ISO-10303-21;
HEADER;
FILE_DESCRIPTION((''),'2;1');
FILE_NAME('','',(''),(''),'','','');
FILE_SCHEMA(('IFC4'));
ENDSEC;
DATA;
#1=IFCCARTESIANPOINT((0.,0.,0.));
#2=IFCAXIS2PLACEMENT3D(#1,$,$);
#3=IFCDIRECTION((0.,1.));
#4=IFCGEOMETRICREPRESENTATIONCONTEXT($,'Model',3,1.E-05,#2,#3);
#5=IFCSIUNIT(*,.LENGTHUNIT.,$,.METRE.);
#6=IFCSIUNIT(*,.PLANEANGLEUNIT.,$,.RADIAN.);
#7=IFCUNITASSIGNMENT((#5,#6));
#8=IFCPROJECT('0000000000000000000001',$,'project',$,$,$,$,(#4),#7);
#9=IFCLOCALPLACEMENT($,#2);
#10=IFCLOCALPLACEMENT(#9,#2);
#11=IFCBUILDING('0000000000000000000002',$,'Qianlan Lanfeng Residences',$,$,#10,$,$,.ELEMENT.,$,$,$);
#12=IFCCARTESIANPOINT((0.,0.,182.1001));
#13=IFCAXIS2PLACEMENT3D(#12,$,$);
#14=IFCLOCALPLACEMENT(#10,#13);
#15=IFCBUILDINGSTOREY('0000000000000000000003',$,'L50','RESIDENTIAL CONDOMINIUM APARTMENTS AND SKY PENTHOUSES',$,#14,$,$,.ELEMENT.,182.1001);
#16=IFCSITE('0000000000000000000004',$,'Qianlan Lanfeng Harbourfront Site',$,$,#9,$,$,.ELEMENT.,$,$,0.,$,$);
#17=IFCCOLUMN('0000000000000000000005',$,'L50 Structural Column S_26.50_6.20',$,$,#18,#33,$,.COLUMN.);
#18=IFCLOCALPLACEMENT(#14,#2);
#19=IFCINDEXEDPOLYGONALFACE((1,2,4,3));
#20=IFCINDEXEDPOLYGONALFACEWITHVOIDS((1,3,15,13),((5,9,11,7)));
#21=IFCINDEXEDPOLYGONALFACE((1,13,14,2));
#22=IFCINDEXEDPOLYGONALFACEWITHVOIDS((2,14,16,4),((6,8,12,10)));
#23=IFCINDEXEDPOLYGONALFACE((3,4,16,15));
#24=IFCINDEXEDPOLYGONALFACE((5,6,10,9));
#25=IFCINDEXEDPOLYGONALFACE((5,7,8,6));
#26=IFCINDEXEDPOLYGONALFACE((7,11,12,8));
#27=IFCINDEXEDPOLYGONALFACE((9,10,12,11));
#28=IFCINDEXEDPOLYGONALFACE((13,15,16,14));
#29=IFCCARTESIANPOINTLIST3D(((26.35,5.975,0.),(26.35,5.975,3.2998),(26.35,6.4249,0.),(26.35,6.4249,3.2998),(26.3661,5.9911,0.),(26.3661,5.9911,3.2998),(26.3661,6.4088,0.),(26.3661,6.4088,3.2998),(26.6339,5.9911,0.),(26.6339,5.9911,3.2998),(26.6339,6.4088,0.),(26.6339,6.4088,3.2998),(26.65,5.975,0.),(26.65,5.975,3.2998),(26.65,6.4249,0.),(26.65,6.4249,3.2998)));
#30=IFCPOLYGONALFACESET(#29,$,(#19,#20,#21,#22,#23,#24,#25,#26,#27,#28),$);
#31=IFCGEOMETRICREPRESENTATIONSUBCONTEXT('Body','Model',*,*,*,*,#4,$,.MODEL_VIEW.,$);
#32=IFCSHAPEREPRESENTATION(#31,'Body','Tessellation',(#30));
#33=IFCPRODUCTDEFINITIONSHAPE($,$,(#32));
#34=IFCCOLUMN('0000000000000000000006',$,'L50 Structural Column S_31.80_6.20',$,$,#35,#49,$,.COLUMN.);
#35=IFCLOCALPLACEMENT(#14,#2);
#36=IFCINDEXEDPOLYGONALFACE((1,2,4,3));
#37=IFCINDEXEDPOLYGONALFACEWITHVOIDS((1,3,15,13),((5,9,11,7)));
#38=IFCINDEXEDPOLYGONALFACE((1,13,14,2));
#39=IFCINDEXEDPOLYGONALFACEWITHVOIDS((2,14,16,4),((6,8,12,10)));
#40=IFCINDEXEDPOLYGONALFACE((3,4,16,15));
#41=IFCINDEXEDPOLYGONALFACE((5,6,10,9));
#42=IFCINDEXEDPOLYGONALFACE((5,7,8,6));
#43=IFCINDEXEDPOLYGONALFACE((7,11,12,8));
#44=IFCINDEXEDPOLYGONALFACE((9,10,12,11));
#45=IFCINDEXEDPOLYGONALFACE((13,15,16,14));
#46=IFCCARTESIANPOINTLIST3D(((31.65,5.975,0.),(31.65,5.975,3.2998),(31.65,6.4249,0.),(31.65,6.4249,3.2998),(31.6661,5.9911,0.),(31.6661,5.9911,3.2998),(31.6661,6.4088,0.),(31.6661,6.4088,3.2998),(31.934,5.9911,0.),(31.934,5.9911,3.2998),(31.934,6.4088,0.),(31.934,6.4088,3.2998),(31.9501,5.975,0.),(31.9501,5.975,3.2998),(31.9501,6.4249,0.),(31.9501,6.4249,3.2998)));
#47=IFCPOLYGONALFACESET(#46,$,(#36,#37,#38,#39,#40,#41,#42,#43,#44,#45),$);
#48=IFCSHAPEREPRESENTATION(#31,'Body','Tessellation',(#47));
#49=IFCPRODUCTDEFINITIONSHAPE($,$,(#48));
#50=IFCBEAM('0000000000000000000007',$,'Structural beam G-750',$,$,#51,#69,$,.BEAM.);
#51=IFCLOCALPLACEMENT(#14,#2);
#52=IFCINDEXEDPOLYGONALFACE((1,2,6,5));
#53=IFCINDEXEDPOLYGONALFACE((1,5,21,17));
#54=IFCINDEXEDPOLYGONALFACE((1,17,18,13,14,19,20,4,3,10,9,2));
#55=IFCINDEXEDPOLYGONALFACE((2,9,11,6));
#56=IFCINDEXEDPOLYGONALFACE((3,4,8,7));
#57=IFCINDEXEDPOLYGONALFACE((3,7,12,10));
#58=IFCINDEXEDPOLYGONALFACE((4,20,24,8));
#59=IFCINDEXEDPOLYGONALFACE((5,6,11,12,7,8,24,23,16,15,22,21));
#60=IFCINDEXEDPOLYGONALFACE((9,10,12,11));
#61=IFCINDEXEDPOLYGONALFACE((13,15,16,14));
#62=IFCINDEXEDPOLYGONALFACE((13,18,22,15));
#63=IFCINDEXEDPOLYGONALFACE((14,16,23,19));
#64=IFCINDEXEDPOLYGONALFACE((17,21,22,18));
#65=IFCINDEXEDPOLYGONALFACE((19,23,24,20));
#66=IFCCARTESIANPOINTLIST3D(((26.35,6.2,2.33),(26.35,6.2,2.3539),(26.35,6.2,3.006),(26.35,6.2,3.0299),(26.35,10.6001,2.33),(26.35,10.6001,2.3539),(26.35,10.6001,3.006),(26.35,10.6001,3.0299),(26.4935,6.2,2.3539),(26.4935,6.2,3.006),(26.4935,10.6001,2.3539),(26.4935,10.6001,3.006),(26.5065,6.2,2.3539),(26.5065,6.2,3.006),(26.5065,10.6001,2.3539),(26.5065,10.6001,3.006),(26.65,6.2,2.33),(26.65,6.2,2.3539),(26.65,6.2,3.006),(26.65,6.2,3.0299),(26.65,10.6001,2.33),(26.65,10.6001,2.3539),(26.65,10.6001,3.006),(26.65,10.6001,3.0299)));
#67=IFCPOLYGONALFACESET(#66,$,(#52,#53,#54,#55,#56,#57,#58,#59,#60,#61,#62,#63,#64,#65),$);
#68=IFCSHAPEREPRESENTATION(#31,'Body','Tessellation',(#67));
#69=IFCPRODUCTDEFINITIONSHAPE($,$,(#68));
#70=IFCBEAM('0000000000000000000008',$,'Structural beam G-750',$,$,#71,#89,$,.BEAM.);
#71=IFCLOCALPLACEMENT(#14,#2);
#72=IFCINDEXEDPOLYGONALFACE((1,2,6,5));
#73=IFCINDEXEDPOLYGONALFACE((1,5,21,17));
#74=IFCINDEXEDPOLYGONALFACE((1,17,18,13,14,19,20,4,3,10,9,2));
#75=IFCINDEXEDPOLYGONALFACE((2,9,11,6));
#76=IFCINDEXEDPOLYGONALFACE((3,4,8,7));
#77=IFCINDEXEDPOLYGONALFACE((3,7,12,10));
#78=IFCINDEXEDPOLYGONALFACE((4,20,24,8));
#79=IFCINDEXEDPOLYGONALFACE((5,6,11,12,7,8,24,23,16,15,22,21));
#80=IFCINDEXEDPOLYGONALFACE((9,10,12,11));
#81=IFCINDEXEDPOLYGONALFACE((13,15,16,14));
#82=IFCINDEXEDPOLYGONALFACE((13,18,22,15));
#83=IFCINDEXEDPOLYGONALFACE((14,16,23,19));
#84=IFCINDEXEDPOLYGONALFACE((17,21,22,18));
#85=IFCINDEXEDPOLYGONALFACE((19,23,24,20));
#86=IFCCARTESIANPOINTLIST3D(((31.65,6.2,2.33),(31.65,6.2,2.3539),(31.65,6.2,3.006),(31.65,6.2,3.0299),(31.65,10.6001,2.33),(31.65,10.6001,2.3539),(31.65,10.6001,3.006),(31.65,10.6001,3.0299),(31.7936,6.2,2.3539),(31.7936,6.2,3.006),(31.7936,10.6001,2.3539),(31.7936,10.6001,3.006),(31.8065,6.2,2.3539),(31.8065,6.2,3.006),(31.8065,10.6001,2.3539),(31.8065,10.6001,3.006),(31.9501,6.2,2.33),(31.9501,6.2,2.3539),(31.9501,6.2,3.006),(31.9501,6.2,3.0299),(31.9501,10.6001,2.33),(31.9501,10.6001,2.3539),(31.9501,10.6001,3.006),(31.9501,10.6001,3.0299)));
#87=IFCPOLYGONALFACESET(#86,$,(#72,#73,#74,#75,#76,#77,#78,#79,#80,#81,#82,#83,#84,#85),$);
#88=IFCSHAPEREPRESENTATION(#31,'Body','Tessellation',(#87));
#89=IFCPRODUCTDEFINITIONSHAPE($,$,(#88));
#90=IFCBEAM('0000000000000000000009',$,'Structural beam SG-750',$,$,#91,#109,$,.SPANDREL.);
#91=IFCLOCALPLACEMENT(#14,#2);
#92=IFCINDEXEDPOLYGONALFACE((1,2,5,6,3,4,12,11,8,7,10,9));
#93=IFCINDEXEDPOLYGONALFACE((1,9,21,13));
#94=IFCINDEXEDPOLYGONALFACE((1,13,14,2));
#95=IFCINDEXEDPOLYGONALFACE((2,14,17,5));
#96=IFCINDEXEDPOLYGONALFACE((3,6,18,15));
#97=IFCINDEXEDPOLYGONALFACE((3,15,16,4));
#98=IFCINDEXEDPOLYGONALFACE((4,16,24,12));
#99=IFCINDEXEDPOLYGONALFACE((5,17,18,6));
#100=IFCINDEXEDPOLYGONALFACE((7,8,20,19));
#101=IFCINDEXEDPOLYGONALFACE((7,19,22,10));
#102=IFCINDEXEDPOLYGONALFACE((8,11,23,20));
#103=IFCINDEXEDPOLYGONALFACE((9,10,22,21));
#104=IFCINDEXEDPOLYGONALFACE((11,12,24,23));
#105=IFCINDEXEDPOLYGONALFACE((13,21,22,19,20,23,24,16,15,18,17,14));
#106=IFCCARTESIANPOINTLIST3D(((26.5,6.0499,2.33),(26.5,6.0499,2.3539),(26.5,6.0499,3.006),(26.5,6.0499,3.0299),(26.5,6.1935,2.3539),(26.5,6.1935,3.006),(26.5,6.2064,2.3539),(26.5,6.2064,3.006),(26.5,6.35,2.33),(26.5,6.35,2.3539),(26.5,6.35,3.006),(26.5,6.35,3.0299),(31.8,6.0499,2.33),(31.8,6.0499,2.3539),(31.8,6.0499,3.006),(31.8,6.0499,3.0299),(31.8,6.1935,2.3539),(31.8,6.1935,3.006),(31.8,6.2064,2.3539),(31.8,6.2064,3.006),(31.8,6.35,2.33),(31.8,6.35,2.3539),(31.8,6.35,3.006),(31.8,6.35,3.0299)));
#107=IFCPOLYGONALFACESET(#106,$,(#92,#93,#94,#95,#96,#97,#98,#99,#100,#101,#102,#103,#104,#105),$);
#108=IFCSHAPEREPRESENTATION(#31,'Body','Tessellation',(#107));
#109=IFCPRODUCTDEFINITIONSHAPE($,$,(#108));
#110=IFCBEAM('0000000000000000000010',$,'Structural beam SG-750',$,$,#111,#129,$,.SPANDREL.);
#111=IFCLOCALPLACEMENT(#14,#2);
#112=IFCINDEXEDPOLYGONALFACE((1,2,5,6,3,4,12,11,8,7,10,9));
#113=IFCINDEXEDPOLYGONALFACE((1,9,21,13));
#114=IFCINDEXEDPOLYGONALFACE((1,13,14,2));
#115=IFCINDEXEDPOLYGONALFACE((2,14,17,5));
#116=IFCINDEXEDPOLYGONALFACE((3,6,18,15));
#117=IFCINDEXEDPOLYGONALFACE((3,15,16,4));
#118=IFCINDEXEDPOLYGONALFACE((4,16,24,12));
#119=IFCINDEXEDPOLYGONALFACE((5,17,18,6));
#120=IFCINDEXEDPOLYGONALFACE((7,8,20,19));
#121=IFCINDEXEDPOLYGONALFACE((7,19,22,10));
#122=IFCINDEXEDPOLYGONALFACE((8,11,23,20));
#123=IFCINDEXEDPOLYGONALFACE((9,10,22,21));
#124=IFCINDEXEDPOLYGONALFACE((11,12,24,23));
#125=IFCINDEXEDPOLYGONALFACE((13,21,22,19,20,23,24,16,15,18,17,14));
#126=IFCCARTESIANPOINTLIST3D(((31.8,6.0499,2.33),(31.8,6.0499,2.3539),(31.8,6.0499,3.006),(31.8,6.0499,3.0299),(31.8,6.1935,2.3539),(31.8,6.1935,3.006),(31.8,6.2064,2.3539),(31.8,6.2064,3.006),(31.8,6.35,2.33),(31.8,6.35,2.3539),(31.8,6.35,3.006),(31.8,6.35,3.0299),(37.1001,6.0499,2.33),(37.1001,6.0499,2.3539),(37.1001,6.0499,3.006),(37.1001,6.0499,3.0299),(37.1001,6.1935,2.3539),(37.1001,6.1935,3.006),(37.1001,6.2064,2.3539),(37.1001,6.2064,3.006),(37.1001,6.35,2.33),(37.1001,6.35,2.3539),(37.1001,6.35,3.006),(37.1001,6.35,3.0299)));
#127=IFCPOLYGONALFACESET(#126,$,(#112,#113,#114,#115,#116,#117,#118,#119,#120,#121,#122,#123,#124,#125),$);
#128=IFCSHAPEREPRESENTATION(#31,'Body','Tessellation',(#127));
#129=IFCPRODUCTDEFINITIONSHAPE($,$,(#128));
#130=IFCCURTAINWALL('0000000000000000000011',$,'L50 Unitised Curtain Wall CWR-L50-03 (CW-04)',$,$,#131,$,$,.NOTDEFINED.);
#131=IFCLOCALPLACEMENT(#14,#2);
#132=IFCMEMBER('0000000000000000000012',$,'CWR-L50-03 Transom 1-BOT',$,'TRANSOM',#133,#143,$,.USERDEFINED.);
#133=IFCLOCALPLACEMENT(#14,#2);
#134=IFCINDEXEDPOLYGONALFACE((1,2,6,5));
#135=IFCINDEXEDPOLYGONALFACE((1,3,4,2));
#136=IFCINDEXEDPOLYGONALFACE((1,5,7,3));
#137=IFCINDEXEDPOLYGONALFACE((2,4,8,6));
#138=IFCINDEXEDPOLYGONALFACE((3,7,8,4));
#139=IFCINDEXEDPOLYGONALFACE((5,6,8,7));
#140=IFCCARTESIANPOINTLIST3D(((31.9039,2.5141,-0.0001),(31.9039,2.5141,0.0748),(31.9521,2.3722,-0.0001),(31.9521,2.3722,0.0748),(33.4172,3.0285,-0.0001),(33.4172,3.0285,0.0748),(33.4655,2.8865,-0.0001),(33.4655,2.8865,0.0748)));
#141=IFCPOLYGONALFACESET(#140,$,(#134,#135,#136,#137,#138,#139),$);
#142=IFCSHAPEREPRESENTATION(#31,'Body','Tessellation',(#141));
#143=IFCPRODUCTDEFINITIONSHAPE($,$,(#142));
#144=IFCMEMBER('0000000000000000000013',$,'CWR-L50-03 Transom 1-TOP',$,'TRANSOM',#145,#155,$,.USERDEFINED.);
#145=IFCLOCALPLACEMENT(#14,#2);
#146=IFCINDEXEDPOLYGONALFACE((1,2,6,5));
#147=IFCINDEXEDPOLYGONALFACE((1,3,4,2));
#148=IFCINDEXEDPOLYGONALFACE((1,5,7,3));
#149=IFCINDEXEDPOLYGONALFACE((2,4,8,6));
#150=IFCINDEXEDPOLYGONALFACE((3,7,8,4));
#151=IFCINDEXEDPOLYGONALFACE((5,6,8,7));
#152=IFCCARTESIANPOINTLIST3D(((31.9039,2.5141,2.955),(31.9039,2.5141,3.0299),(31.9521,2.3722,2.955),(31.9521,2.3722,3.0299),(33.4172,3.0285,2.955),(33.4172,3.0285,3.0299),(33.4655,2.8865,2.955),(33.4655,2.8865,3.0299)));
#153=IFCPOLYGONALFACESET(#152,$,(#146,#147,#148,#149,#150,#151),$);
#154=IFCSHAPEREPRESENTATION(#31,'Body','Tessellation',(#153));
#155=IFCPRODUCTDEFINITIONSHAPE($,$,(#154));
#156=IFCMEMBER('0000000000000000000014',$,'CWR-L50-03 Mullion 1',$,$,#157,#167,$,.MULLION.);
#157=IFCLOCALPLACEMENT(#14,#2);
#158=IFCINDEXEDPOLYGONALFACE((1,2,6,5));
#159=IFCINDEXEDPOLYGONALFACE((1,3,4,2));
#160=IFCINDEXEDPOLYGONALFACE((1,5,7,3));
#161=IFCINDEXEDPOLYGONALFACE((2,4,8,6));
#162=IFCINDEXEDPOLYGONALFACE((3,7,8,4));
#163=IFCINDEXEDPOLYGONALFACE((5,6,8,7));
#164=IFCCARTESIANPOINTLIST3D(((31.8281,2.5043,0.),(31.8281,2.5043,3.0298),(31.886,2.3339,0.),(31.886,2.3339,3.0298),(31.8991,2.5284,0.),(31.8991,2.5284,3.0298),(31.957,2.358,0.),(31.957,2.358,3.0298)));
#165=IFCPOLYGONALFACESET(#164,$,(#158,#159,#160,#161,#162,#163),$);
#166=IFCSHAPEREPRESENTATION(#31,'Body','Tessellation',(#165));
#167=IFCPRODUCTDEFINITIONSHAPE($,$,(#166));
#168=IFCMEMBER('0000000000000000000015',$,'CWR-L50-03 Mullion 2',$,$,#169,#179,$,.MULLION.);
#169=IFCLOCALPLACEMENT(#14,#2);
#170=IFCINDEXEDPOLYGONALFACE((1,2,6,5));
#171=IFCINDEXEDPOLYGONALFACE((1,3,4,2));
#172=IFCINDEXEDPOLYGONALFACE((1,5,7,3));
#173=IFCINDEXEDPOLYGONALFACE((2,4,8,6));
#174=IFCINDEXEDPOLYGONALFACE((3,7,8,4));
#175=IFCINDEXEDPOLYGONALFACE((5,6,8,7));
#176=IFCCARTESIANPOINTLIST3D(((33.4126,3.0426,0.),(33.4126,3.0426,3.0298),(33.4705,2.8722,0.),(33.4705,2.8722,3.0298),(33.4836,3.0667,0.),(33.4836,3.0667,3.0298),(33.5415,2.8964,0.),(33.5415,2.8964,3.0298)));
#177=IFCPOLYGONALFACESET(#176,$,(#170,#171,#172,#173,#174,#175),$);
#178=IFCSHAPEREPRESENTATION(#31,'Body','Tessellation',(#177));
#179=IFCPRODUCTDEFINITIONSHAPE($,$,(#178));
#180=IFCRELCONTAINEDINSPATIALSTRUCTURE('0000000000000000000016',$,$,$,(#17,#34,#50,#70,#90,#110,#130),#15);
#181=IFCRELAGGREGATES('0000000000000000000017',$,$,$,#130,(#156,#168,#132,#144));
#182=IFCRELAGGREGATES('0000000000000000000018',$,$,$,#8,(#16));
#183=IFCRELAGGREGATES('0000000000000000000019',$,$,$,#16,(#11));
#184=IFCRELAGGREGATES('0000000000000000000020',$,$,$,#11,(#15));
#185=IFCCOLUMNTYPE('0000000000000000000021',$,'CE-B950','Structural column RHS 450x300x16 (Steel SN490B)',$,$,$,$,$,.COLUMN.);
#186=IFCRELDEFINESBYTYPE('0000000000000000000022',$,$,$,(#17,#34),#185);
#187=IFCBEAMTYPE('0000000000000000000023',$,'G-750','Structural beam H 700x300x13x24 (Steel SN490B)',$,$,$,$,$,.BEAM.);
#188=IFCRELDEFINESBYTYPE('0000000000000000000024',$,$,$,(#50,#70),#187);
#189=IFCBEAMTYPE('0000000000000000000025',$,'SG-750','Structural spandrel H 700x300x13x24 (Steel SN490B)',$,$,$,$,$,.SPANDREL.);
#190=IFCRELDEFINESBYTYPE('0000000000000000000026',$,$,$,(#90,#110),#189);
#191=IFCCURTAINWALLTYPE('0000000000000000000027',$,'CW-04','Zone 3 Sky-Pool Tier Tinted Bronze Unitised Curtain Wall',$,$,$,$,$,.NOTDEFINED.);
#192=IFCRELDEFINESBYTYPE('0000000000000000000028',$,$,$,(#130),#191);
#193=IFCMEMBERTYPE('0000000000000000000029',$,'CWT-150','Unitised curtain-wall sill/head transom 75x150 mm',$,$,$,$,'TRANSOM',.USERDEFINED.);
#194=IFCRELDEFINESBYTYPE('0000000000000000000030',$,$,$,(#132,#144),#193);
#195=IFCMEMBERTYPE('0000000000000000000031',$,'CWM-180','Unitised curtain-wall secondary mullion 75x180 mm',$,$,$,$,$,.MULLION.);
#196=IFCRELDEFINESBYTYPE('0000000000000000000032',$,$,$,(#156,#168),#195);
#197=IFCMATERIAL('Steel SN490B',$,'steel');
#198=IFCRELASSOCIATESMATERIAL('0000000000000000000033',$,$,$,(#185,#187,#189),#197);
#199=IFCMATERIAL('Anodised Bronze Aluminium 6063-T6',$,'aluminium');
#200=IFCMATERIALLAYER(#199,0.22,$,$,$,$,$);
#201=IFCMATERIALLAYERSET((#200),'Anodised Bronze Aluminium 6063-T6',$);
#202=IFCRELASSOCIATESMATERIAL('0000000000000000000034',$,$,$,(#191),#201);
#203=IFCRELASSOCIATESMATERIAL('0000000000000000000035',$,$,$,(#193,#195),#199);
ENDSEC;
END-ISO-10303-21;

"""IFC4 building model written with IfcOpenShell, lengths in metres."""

from ifc_helpers import new_model, si_unit, direction, frame, origin, origin_2d, place, context, subcontext, project, spatial, rectangle, hollow_rectangle, i_section, extrude, source, transform, mapped, material, layer, layer_set, material_profile, profile_set, type_object, element, aggregate, save


model = new_model("IFC4")

# Units and contexts
model_context = context("Model", 3, precision=1e-05, world=origin(), true_north=direction((0.0, 1.0)))
body_context = subcontext(model_context, "Body", "Model", "MODEL_VIEW")
ifc_project = project(units=[si_unit("LENGTHUNIT", "METRE"), si_unit("PLANEANGLEUNIT", "RADIAN")], contexts=[model_context])

# Site, building, storey
site_placement = place(None, origin())
site = spatial("IfcSite", under=ifc_project, at=site_placement, Name="Qianlan Lanfeng Harbourfront Site", CompositionType="ELEMENT", RefElevation=0.0)
building_placement = place(site_placement, origin())
building = spatial("IfcBuilding", under=site, at=building_placement, Name="Qianlan Lanfeng Residences", CompositionType="ELEMENT")
storey_placement = place(building_placement, frame((0.0, 0.0, 182.1001)))
storey = spatial("IfcBuildingStorey", under=building, at=storey_placement, Name="L50", Description="RESIDENTIAL CONDOMINIUM APARTMENTS AND SKY PENTHOUSES", CompositionType="ELEMENT", Elevation=182.1001)

# Columns
ifc_material_1 = material(Name="Steel SN490B", Category="steel")
ifc_material_profile_1 = material_profile(ifc_material_1, hollow_rectangle(XDim=0.3, YDim=0.45, WallThickness=0.0161, at=origin_2d()), Name="RHS 450x300x16")
ifc_profile_set_1 = profile_set([ifc_material_profile_1], Name="Steel SN490B")
column_type = type_object("IfcColumnType", Name="CE-B950", Description="Structural column RHS 450x300x16 (Steel SN490B)", PredefinedType="COLUMN", material=ifc_profile_set_1)
for number, where, z_axis, x_axis, name in (
    (1, (26.5, 6.2, 0.0), (0.0, 0.0, 1.0), (1.0, 0.0, 0.0), "L50 Structural Column S_26.50_6.20"),
    (2, (31.8, 6.2, 0.0), (0.0, 0.0, 1.0), (1.0, 0.0, 0.0), "L50 Structural Column S_31.80_6.20"),
):
    element("IfcColumn", number, at=place(storey_placement, frame(where, z_axis=z_axis, x_axis=x_axis)), inside=storey, type_object=column_type, Name=name, PredefinedType="COLUMN", context=body_context, shape_type="SweptSolid", body=[
        extrude(hollow_rectangle(XDim=0.3, YDim=0.45, WallThickness=0.0161, at=origin_2d()), origin(), (0.0, 0.0, 1.0), 3.2998),
    ])

# Beams
ifc_material_profile_2 = material_profile(ifc_material_1, i_section(OverallWidth=0.3, OverallDepth=0.7, WebThickness=0.0129, FlangeThickness=0.0239, at=origin_2d()), Name="H 700x300x13x24")
ifc_profile_set_2 = profile_set([ifc_material_profile_2], Name="Steel SN490B")
beam_type_1 = type_object("IfcBeamType", Name="G-750", Description="Structural beam H 700x300x13x24 (Steel SN490B)", PredefinedType="BEAM", material=ifc_profile_set_2)
for number, where, z_axis, x_axis, name in (
    (3, (26.5, 6.2, 2.6799), (0.0, 1.0, 0.0), (-1.0, 0.0, 0.0), "Structural beam G-750"),
    (4, (31.8, 6.2, 2.6799), (0.0, 1.0, 0.0), (-1.0, 0.0, 0.0), "Structural beam G-750"),
):
    element("IfcBeam", number, at=place(storey_placement, frame(where, z_axis=z_axis, x_axis=x_axis)), inside=storey, type_object=beam_type_1, Name=name, PredefinedType="BEAM", context=body_context, shape_type="SweptSolid", body=[
        extrude(i_section(OverallWidth=0.3, OverallDepth=0.7, WebThickness=0.0129, FlangeThickness=0.0239, at=origin_2d()), origin(), (0.0, 0.0, 1.0), 4.4001),
    ])
ifc_material_profile_3 = material_profile(ifc_material_1, i_section(OverallWidth=0.3, OverallDepth=0.7, WebThickness=0.0129, FlangeThickness=0.0239, at=origin_2d()), Name="H 700x300x13x24")
ifc_profile_set_3 = profile_set([ifc_material_profile_3], Name="Steel SN490B")
beam_type_2 = type_object("IfcBeamType", Name="SG-750", Description="Structural spandrel H 700x300x13x24 (Steel SN490B)", PredefinedType="SPANDREL", material=ifc_profile_set_3)
for number, where, z_axis, x_axis, name in (
    (5, (26.5, 6.2, 2.6799), (1.0, 0.0, 0.0), (0.0, 1.0, 0.0), "Structural beam SG-750"),
    (6, (31.8, 6.2, 2.6799), (1.0, 0.0, 0.0), (0.0, 1.0, 0.0), "Structural beam SG-750"),
):
    element("IfcBeam", number, at=place(storey_placement, frame(where, z_axis=z_axis, x_axis=x_axis)), inside=storey, type_object=beam_type_2, Name=name, PredefinedType="SPANDREL", context=body_context, shape_type="SweptSolid", body=[
        extrude(i_section(OverallWidth=0.3, OverallDepth=0.7, WebThickness=0.0129, FlangeThickness=0.0239, at=origin_2d()), origin(), (0.0, 0.0, 1.0), 5.3),
    ])

# Curtain wall, members
ifc_material_2 = material(Name="Anodised Bronze Aluminium 6063-T6", Category="aluminium")
ifc_layer_1 = layer(ifc_material_2, 0.22)
ifc_layer_set_1 = layer_set([ifc_layer_1], Name="Anodised Bronze Aluminium 6063-T6")
curtain_wall_type = type_object("IfcCurtainWallType", Name="CW-04", Description="Zone 3 Sky-Pool Tier Tinted Bronze Unitised Curtain Wall", PredefinedType="NOTDEFINED", material=ifc_layer_set_1)
curtain_wall_placement = place(storey_placement, origin())
curtain_wall = element("IfcCurtainWall", 7, at=curtain_wall_placement, inside=storey, type_object=curtain_wall_type, Name="L50 Unitised Curtain Wall CWR-L50-03 (CW-04)", PredefinedType="NOTDEFINED")
ifc_material_profile_4 = material_profile(ifc_material_2, rectangle(XDim=0.075, YDim=0.1499, at=origin_2d()), Name="ALU TRANSOM 75x150")
ifc_profile_set_4 = profile_set([ifc_material_profile_4], Name="Anodised Bronze Aluminium 6063-T6")
member_type_1 = type_object("IfcMemberType", Name="CWT-150", Description="Unitised curtain-wall sill/head transom 75x150 mm", ElementType="TRANSOM", PredefinedType="USERDEFINED", material=ifc_profile_set_4)
shared_shape_1 = source(origin(), body_context, "Body", "SweptSolid", [
    extrude(rectangle(XDim=0.075, YDim=0.1499, at=origin_2d()), origin(), (0.0, 0.0, 1.0), 1.5984),
])
member_1_placement = place(storey_placement, frame((31.928, 2.4431, 0.0374), z_axis=(0.946803, 0.321812, 0.0), x_axis=(0.0, 0.0, 1.0)))
member_1 = element("IfcMember", 8, at=member_1_placement, type_object=member_type_1, Name="CWR-L50-03 Transom 1-BOT", ObjectType="TRANSOM", PredefinedType="USERDEFINED", context=body_context, shape_type="MappedRepresentation", body=[
    mapped(shared_shape_1, transform((0.0, 0.0, 0.0), scale=1.0)),
])
member_2_placement = place(storey_placement, frame((31.928, 2.4431, 2.9924), z_axis=(0.946803, 0.321812, 0.0), x_axis=(0.0, 0.0, 1.0)))
member_2 = element("IfcMember", 9, at=member_2_placement, type_object=member_type_1, Name="CWR-L50-03 Transom 1-TOP", ObjectType="TRANSOM", PredefinedType="USERDEFINED", context=body_context, shape_type="MappedRepresentation", body=[
    mapped(shared_shape_1, transform((0.0, 0.0, 0.0), scale=1.0)),
])
ifc_material_profile_5 = material_profile(ifc_material_2, rectangle(XDim=0.075, YDim=0.1799, at=origin_2d()), Name="ALU MULLION 75x180")
ifc_profile_set_5 = profile_set([ifc_material_profile_5], Name="Anodised Bronze Aluminium 6063-T6")
member_type_2 = type_object("IfcMemberType", Name="CWM-180", Description="Unitised curtain-wall secondary mullion 75x180 mm", PredefinedType="MULLION", material=ifc_profile_set_5)
shared_shape_2 = source(origin(), body_context, "Body", "SweptSolid", [
    extrude(rectangle(XDim=0.075, YDim=0.1799, at=origin_2d()), origin(), (0.0, 0.0, 1.0), 3.0298),
])
member_3_placement = place(storey_placement, frame((31.8926, 2.4312, 0.0), z_axis=(0.0, 0.0, 1.0), x_axis=(0.946826, 0.321745, 0.0)))
member_3 = element("IfcMember", 10, at=member_3_placement, type_object=member_type_2, Name="CWR-L50-03 Mullion 1", PredefinedType="MULLION", context=body_context, shape_type="MappedRepresentation", body=[
    mapped(shared_shape_2, transform((0.0, 0.0, 0.0), scale=1.0)),
])
member_4_placement = place(storey_placement, frame((33.4771, 2.9695, 0.0), z_axis=(0.0, 0.0, 1.0), x_axis=(0.946826, 0.321745, 0.0)))
member_4 = element("IfcMember", 11, at=member_4_placement, type_object=member_type_2, Name="CWR-L50-03 Mullion 2", PredefinedType="MULLION", context=body_context, shape_type="MappedRepresentation", body=[
    mapped(shared_shape_2, transform((0.0, 0.0, 0.0), scale=1.0)),
])
aggregate(curtain_wall, [member_3, member_4, member_1, member_2])

save(model, "model.ifc")
